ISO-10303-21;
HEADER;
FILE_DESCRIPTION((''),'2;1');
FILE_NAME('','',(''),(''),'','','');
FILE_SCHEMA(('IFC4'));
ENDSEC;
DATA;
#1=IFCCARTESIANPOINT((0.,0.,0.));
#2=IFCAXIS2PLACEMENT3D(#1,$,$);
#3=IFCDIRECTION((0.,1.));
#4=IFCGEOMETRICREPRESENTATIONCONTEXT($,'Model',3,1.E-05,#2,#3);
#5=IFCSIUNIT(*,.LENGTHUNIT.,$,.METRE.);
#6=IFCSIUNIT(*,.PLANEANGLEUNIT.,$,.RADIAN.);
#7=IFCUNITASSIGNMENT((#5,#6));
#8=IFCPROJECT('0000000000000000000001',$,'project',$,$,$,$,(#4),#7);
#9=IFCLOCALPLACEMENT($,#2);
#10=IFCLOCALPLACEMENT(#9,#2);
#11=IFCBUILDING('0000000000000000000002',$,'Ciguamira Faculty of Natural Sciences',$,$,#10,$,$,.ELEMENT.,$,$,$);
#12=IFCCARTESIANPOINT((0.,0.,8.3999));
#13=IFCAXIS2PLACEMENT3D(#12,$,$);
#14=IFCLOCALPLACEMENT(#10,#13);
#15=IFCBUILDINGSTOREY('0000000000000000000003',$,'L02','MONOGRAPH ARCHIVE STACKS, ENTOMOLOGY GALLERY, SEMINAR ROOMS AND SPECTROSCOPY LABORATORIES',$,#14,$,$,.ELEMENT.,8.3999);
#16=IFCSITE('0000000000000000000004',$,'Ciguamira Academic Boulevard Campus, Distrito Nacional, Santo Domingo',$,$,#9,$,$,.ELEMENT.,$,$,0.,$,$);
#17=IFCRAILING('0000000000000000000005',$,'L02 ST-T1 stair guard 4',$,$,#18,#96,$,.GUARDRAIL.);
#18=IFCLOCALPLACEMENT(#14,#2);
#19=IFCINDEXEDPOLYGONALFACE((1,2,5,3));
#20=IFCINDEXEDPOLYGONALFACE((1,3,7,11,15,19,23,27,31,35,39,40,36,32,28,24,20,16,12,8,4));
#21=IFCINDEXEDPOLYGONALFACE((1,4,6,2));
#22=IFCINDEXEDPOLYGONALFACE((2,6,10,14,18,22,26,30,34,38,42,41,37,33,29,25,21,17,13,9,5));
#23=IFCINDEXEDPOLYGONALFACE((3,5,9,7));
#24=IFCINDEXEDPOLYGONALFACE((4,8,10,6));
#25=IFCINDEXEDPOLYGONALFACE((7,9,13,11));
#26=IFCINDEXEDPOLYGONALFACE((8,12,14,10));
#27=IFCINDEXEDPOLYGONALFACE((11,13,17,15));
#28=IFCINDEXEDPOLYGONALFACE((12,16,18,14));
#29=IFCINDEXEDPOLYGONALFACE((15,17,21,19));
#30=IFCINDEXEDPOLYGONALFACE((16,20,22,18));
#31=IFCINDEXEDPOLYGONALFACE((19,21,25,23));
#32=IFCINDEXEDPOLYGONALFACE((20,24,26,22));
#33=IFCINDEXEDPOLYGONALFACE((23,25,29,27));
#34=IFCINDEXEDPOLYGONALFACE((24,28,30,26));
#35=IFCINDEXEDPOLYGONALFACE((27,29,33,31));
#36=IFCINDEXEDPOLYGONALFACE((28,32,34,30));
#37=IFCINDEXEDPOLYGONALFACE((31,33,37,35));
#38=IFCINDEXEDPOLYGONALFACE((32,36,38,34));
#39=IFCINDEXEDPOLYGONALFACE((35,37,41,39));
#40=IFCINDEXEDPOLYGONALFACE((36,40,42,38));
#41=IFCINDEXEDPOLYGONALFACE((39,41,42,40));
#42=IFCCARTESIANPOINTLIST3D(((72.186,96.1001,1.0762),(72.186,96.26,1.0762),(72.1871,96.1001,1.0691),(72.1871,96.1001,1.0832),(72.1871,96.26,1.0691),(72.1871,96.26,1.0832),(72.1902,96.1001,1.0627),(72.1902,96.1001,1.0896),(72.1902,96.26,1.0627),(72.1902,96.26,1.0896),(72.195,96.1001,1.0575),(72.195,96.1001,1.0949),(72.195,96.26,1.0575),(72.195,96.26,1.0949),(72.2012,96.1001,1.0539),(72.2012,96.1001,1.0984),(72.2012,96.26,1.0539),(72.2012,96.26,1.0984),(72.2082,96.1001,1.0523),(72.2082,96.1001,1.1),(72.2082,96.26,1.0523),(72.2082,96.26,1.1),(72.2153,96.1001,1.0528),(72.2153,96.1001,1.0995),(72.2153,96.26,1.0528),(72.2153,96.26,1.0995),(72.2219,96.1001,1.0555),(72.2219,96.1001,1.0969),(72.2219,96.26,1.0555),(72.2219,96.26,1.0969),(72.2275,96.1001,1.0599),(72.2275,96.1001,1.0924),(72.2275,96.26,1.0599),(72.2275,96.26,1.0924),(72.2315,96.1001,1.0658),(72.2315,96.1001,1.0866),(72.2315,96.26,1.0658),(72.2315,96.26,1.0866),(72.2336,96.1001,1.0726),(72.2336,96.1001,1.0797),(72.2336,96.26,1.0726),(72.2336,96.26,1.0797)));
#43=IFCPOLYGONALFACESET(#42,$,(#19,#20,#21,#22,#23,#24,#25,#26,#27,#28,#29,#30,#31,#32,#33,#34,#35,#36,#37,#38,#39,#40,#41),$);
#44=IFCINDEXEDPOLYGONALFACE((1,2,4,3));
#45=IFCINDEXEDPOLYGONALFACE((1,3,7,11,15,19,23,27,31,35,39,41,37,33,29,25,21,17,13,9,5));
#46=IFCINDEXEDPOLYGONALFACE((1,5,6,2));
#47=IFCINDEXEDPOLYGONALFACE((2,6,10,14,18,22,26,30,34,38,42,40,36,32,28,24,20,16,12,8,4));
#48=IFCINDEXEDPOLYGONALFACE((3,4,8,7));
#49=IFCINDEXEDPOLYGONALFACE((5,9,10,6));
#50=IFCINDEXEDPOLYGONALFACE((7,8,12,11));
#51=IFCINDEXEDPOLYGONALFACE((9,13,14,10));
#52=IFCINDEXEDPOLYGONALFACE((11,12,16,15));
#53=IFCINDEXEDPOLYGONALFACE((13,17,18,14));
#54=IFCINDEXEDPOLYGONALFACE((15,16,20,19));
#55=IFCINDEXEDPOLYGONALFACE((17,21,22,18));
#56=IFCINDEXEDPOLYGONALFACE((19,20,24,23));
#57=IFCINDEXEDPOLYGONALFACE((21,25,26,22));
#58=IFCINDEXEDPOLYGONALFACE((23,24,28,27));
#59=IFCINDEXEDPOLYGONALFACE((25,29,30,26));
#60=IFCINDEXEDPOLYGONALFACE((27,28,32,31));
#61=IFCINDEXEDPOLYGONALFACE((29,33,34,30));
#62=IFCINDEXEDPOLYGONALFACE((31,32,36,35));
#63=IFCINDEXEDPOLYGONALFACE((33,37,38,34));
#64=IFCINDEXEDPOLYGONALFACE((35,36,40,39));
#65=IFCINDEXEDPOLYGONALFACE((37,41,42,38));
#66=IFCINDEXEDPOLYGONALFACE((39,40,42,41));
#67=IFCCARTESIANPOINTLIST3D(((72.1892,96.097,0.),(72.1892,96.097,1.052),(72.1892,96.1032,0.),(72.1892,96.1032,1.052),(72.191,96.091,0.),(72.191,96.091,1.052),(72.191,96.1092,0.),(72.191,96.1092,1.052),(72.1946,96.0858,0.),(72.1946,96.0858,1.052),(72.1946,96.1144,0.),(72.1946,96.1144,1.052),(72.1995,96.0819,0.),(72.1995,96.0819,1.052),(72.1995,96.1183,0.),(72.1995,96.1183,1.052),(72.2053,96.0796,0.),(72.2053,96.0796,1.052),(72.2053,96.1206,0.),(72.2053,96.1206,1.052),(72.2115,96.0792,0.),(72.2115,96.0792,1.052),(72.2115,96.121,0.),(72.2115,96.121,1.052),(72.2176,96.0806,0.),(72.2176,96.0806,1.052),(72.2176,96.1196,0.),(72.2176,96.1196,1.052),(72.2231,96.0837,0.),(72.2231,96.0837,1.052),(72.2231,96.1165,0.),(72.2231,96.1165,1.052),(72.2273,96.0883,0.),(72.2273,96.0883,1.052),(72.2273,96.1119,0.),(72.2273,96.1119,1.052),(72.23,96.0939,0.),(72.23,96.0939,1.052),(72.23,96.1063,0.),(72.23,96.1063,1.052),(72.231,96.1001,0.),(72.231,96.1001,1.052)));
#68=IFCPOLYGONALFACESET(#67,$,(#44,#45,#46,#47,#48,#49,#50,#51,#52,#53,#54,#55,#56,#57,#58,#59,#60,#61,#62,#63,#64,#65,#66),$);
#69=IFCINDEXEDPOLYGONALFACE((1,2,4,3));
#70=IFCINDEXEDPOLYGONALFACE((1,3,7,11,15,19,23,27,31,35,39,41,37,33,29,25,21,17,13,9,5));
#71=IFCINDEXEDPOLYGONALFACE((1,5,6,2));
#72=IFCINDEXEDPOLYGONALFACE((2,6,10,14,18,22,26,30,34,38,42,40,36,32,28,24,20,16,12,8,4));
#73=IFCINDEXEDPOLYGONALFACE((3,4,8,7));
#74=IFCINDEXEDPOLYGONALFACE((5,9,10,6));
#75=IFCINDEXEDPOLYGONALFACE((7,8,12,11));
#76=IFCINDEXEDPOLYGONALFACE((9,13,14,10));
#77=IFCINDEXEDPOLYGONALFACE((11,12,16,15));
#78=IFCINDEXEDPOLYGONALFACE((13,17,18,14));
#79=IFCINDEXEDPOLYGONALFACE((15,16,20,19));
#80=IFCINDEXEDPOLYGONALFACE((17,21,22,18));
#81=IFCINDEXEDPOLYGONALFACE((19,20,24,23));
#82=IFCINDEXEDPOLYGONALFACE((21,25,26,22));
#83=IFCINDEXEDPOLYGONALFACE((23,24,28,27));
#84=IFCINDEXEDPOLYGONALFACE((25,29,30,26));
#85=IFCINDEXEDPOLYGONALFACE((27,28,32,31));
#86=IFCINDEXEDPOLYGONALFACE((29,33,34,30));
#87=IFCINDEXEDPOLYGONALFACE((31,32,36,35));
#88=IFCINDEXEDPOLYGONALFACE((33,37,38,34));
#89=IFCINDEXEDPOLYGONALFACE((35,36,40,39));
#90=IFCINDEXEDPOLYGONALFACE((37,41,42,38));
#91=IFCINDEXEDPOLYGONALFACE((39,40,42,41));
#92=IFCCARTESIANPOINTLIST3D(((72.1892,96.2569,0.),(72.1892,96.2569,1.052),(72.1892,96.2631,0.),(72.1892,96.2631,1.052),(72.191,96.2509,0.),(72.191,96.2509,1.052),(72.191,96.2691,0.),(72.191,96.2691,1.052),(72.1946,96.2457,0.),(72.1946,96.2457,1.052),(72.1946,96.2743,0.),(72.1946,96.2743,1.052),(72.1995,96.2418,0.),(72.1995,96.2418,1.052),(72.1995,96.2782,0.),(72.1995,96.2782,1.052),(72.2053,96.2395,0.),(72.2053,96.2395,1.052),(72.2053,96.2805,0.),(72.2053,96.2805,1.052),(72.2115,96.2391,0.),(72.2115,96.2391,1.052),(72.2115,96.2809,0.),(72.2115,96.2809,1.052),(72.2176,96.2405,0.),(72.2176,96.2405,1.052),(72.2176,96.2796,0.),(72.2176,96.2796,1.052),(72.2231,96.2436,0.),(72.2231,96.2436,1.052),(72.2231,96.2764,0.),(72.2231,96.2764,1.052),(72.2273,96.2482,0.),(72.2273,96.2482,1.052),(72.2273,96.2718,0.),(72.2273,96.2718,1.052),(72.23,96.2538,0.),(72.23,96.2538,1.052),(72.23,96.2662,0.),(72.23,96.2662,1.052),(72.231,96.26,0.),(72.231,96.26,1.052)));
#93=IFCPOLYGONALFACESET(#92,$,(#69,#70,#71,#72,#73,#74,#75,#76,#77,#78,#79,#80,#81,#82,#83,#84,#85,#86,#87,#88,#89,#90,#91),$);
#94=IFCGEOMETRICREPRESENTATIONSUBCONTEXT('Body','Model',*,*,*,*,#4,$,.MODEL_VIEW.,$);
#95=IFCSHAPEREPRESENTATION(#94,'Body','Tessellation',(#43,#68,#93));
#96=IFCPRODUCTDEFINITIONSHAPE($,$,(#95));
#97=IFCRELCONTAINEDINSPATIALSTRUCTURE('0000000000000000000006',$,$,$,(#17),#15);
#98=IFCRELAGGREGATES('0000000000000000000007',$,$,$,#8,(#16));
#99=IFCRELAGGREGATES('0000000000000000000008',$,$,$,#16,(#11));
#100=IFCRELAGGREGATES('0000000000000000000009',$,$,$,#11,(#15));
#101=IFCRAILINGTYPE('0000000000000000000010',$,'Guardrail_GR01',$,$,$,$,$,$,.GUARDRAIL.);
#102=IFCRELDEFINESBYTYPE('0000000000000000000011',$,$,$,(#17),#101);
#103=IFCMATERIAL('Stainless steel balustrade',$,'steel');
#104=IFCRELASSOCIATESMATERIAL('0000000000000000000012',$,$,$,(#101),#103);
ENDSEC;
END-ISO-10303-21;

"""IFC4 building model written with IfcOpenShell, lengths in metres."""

from ifc_helpers import new_model, si_unit, direction, frame, origin, origin_2d, place, context, subcontext, project, spatial, circle, extrude, material, type_object, element, save


model = new_model("IFC4")

# Units and contexts
model_context = context("Model", 3, precision=1e-05, world=origin(), true_north=direction((0.0, 1.0)))
body_context = subcontext(model_context, "Body", "Model", "MODEL_VIEW")
ifc_project = project(units=[si_unit("LENGTHUNIT", "METRE"), si_unit("PLANEANGLEUNIT", "RADIAN")], contexts=[model_context])

# Site, building, storey
site_placement = place(None, origin())
site = spatial("IfcSite", under=ifc_project, at=site_placement, Name="Ciguamira Academic Boulevard Campus, Distrito Nacional, Santo Domingo", CompositionType="ELEMENT", RefElevation=0.0)
building_placement = place(site_placement, origin())
building = spatial("IfcBuilding", under=site, at=building_placement, Name="Ciguamira Faculty of Natural Sciences", CompositionType="ELEMENT")
storey_placement = place(building_placement, frame((0.0, 0.0, 8.3999)))
storey = spatial("IfcBuildingStorey", under=building, at=storey_placement, Name="L02", Description="MONOGRAPH ARCHIVE STACKS, ENTOMOLOGY GALLERY, SEMINAR ROOMS AND SPECTROSCOPY LABORATORIES", CompositionType="ELEMENT", Elevation=8.3999)

# Railing
ifc_material_1 = material(Name="Stainless steel balustrade", Category="steel")
railing_type_1 = type_object("IfcRailingType", Name="Guardrail_GR01", PredefinedType="GUARDRAIL", material=ifc_material_1)
railing_1_placement = place(storey_placement, frame((72.21, 96.1001, 0.0)))
element("IfcRailing", 1, at=railing_1_placement, inside=storey, type_object=railing_type_1, Name="L02 ST-T1 stair guard 4", PredefinedType="GUARDRAIL", context=body_context, shape_type="SweptSolid", body=[
    extrude(circle(Radius=0.0239, at=origin_2d()), frame((0.0, 0.0, 1.0762), z_axis=(0.0, 1.0, 0.0), x_axis=(-1.0, 0.0, 0.0)), (0.0, 0.0, 1.0), 0.1599),
    extrude(circle(Radius=0.021, at=origin_2d()), origin(), (0.0, 0.0, 1.0), 1.052),
    extrude(circle(Radius=0.021, at=origin_2d()), frame((0.0, 0.1599, 0.0)), (0.0, 0.0, 1.0), 1.052),
])

save(model, "model.ifc")
